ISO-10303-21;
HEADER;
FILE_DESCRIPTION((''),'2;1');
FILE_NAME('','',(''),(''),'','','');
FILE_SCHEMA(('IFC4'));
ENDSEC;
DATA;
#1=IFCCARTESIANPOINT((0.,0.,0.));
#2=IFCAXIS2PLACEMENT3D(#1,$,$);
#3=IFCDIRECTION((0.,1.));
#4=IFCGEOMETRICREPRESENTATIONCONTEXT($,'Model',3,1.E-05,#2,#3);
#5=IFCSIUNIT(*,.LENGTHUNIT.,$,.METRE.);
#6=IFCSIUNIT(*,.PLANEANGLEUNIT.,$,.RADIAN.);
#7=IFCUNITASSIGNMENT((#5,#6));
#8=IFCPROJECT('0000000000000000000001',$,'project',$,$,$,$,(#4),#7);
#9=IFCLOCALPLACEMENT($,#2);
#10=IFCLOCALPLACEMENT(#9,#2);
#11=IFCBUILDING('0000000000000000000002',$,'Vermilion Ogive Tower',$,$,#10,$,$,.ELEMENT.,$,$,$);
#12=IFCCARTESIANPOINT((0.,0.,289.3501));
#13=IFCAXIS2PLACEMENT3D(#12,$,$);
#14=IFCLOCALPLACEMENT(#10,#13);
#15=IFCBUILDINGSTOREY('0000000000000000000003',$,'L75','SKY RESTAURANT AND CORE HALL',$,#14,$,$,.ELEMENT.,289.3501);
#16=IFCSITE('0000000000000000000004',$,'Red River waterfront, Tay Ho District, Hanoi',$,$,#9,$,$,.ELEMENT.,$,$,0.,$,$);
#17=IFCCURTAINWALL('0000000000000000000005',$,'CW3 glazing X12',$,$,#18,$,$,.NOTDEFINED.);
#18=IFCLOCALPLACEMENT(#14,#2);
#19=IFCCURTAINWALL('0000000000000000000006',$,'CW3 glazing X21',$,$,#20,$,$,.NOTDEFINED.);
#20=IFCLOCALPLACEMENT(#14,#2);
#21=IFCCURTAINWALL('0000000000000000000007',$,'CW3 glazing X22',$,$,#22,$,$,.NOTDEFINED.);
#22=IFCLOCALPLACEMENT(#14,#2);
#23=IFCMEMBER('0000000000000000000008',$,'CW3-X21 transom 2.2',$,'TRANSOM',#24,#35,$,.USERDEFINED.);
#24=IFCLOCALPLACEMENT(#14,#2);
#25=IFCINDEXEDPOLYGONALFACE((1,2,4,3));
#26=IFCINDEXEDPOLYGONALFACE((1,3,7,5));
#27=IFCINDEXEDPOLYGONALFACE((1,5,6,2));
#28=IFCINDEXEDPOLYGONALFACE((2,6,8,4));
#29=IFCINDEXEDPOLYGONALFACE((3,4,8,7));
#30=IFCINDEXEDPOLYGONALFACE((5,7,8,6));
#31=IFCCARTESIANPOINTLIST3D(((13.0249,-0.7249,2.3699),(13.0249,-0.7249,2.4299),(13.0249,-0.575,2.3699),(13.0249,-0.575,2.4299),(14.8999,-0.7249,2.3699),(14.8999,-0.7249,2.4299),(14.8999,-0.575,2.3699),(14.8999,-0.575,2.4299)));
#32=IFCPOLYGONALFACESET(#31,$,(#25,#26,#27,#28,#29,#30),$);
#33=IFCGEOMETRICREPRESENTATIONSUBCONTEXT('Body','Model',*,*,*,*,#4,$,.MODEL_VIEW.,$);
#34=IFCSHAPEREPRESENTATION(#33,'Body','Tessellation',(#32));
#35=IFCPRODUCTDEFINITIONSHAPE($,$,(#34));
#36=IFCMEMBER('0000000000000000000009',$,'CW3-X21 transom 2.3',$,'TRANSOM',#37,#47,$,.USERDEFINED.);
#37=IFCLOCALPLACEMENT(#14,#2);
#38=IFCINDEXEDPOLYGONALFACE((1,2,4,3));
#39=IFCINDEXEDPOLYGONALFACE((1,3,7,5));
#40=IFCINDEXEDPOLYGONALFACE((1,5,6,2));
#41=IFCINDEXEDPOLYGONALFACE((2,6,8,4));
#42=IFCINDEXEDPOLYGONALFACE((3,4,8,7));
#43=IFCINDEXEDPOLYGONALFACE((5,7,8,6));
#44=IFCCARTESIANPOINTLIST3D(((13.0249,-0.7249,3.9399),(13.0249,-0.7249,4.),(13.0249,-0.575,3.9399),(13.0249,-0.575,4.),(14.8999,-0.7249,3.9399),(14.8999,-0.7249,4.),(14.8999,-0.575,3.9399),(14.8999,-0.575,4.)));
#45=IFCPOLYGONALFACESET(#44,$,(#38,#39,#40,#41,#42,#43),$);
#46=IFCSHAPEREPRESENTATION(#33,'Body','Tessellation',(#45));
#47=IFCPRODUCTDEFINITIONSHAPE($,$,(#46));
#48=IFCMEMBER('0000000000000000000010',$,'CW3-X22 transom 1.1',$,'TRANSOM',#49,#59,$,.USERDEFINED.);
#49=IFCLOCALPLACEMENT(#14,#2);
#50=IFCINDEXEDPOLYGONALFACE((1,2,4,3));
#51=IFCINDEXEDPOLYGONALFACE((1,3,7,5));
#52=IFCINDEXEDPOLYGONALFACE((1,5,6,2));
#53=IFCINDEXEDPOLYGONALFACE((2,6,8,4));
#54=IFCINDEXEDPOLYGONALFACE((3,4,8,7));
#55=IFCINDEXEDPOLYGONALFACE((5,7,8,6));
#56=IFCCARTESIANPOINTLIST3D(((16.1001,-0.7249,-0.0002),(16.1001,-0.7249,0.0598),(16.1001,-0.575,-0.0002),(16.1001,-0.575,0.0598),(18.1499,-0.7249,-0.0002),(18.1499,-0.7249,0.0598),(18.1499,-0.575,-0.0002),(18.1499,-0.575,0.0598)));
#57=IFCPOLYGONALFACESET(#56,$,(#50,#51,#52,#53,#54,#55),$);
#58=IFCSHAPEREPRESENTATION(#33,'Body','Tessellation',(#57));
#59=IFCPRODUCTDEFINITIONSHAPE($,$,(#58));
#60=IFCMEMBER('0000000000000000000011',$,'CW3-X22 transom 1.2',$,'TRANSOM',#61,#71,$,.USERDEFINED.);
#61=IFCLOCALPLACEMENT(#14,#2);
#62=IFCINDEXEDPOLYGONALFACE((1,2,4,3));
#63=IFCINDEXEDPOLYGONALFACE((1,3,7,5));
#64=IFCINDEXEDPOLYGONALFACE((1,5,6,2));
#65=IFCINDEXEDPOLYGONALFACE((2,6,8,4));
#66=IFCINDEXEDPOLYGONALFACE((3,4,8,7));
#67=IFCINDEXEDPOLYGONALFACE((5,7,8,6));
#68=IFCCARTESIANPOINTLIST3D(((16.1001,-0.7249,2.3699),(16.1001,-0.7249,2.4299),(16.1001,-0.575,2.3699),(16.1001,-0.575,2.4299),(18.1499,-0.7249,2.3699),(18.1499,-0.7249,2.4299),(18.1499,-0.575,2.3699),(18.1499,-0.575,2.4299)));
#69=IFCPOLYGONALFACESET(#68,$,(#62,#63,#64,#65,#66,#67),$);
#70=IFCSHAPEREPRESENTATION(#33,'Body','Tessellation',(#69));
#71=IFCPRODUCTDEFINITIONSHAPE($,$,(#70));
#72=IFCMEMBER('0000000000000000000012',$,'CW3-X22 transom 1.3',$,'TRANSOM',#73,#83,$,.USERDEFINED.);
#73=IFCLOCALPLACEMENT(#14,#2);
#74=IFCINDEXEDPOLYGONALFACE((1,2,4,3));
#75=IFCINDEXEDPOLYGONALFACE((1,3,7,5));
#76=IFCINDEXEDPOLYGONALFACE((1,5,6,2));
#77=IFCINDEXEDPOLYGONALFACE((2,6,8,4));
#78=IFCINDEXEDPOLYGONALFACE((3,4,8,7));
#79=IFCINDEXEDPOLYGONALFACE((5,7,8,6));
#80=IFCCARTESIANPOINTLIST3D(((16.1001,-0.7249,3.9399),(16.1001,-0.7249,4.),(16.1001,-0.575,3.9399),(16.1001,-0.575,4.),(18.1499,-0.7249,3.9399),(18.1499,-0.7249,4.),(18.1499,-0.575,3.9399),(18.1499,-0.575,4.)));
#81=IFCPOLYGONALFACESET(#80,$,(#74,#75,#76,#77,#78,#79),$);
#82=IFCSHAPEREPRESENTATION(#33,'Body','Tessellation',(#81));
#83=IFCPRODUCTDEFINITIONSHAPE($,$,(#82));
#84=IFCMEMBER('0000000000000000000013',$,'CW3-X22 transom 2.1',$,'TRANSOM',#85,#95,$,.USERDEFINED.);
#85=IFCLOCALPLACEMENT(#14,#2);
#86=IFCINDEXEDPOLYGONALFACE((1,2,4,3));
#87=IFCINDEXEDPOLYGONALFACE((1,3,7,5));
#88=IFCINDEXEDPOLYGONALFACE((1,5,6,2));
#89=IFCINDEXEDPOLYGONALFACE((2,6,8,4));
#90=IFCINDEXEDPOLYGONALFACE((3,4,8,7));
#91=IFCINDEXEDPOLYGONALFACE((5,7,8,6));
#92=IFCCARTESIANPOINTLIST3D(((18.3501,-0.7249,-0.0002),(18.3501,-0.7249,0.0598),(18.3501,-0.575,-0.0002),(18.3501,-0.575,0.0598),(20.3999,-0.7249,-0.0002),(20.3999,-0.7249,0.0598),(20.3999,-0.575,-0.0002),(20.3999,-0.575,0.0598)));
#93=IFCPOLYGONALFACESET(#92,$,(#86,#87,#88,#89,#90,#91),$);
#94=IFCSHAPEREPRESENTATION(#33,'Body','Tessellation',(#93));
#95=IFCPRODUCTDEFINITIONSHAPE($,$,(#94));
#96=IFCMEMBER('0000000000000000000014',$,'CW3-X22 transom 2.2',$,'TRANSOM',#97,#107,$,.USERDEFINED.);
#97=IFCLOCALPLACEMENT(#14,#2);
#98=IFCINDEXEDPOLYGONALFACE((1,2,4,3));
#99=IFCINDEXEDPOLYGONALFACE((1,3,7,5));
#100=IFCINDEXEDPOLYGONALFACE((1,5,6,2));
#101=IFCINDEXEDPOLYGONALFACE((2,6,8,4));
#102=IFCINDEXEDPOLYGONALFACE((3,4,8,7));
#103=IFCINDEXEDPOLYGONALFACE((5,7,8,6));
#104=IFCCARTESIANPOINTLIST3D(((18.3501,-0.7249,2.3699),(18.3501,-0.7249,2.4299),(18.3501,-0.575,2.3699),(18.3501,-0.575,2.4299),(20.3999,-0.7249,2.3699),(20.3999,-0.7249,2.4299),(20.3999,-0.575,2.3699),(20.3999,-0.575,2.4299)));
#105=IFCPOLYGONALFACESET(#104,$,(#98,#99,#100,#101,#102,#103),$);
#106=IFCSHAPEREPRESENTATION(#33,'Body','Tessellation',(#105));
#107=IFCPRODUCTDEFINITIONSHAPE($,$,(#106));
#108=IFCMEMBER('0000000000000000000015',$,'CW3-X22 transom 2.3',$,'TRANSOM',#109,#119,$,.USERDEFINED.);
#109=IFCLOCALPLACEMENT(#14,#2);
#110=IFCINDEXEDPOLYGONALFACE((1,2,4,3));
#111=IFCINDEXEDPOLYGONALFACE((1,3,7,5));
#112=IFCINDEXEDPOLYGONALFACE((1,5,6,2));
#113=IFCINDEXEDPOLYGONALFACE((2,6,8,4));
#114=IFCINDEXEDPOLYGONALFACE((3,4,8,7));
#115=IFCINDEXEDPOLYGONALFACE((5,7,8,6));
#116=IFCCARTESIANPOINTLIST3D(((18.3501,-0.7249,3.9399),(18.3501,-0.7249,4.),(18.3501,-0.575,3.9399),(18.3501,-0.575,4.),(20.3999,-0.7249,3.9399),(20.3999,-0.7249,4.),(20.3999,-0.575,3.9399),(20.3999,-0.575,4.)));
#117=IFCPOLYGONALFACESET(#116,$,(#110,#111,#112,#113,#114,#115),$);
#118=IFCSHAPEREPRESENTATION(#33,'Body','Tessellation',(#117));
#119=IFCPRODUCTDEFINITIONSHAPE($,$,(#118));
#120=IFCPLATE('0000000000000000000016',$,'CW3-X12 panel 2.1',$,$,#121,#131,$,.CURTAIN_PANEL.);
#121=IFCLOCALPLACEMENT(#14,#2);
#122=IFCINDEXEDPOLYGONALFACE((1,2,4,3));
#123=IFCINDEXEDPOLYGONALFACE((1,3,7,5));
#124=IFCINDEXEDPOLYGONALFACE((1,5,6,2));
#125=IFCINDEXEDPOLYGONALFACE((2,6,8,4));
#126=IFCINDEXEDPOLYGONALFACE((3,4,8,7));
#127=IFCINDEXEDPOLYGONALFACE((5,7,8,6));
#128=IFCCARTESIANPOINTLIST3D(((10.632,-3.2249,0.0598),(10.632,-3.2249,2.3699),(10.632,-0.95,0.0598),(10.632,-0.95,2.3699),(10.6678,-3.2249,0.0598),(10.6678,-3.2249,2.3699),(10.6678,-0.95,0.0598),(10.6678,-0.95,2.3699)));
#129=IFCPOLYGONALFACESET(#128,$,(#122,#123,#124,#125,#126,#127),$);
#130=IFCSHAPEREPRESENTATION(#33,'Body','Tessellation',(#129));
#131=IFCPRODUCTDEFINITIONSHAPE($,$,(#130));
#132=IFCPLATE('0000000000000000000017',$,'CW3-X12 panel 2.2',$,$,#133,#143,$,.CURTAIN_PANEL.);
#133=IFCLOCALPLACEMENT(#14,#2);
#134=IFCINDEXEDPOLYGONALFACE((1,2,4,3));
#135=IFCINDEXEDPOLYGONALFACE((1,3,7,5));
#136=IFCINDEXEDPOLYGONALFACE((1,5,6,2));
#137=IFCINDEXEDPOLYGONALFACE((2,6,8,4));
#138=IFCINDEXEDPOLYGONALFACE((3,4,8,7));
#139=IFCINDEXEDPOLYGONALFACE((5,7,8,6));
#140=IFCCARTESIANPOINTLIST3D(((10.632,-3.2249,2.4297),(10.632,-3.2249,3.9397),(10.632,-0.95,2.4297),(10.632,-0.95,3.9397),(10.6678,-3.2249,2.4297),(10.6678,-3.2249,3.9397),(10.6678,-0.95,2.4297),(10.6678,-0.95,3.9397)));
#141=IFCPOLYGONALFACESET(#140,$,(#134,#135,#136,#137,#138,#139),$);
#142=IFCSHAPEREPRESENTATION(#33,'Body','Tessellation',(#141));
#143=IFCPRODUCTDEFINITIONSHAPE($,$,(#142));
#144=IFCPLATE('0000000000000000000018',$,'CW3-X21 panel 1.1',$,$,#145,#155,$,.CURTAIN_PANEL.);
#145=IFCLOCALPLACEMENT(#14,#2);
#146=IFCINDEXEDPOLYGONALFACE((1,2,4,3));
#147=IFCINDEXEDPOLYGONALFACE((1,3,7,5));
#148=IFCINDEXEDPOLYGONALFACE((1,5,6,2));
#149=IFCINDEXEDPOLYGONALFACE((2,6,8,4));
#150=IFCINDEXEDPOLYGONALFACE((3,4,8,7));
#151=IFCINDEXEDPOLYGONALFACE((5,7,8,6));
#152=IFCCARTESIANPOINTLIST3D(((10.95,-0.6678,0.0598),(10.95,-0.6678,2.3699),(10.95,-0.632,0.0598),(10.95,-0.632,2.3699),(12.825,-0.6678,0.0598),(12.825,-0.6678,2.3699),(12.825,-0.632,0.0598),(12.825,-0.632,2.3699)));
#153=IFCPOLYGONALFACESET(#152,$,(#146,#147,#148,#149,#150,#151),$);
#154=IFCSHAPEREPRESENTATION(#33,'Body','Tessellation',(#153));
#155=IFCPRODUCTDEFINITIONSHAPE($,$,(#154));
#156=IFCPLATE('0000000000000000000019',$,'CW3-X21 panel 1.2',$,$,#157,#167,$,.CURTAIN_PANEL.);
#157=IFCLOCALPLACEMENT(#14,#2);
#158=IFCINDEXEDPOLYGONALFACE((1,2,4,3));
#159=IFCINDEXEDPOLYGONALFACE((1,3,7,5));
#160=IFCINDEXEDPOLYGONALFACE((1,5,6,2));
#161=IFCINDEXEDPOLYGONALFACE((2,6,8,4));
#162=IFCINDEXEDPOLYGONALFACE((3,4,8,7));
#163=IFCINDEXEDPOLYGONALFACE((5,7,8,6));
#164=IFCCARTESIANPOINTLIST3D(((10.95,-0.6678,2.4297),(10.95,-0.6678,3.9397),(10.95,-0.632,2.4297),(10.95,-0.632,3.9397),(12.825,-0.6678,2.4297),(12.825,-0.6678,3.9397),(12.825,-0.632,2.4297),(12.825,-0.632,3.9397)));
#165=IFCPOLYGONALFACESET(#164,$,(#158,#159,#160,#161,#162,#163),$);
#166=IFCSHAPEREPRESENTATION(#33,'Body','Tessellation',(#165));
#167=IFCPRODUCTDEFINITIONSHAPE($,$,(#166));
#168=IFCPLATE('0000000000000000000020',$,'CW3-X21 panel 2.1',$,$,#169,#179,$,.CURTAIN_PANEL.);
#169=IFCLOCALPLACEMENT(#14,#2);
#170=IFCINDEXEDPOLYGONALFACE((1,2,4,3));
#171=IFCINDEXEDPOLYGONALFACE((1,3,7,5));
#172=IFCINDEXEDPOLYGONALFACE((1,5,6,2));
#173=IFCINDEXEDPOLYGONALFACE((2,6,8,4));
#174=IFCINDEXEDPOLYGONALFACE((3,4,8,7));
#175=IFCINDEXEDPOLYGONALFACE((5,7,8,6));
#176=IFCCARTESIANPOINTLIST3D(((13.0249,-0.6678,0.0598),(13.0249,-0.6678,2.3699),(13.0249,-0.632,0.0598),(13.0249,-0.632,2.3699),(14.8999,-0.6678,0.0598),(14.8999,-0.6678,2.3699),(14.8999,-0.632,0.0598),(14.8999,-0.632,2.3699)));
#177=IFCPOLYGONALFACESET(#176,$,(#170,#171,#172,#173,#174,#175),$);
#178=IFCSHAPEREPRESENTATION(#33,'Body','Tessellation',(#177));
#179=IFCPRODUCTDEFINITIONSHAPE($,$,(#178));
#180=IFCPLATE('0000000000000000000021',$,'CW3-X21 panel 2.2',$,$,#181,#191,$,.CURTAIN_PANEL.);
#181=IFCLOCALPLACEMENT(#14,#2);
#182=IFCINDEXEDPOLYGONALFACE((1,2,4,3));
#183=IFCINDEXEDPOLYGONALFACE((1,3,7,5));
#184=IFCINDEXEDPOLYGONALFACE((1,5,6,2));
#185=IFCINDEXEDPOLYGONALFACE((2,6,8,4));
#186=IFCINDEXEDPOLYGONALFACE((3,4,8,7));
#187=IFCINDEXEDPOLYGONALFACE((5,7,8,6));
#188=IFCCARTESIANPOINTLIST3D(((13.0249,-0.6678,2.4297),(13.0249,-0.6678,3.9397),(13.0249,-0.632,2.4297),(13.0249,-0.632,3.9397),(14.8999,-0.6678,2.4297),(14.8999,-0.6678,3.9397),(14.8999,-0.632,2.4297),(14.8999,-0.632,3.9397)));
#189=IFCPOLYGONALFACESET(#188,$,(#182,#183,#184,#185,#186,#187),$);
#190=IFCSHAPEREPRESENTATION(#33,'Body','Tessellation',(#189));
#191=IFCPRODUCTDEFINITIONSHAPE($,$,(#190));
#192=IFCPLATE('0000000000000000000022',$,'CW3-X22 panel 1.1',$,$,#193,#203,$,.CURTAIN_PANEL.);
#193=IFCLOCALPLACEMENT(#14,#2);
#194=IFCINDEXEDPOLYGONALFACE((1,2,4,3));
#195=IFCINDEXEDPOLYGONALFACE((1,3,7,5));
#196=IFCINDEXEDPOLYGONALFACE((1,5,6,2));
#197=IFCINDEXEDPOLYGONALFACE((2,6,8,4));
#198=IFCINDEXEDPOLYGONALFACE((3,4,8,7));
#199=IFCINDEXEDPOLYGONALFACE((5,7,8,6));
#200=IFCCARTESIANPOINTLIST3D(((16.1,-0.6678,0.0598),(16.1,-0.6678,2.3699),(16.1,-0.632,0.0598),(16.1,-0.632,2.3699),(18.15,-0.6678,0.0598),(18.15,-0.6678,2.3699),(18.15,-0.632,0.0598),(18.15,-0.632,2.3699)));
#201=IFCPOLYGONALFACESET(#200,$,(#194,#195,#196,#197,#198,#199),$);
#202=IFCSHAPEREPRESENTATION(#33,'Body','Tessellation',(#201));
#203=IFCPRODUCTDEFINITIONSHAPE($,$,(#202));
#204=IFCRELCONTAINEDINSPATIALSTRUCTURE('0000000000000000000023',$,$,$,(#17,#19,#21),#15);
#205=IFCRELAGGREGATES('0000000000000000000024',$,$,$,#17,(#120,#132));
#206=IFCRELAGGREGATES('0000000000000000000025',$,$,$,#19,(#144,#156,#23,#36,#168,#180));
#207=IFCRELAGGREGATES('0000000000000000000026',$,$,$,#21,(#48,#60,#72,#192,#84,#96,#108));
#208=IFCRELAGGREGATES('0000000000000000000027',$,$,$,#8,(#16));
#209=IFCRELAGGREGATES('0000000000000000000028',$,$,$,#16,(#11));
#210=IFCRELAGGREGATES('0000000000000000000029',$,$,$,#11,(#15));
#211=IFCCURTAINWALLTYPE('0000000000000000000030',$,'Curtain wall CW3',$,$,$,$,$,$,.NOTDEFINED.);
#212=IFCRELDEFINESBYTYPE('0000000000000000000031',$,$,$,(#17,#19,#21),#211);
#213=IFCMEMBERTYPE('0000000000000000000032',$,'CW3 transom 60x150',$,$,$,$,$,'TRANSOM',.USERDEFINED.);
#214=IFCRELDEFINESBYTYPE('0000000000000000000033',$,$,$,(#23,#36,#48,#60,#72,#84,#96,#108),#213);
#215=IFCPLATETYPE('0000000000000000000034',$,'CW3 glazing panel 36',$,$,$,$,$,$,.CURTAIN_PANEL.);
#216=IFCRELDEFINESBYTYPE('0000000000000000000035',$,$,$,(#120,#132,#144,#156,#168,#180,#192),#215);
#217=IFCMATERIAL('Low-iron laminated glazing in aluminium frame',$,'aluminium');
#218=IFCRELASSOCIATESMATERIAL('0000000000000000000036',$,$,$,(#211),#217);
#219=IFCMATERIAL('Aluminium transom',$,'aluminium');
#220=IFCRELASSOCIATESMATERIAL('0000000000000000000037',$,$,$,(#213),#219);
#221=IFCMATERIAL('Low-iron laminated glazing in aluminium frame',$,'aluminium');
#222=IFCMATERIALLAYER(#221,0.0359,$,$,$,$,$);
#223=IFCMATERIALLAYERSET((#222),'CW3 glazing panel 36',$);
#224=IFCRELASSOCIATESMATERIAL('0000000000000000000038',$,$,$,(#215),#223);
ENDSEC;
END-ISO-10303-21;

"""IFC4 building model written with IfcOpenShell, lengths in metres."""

from ifc_helpers import new_model, si_unit, direction, frame, origin, origin_2d, place, context, subcontext, project, spatial, rectangle, extrude, material, layer, layer_set, material_profile, profile_set, type_object, element, aggregate, save


model = new_model("IFC4")

# Units and contexts
model_context = context("Model", 3, precision=1e-05, world=origin(), true_north=direction((0.0, 1.0)))
body_context = subcontext(model_context, "Body", "Model", "MODEL_VIEW")
ifc_project = project(units=[si_unit("LENGTHUNIT", "METRE"), si_unit("PLANEANGLEUNIT", "RADIAN")], contexts=[model_context])

# Site, building, storey
site_placement = place(None, origin())
site = spatial("IfcSite", under=ifc_project, at=site_placement, Name="Red River waterfront, Tay Ho District, Hanoi", CompositionType="ELEMENT", RefElevation=0.0)
building_placement = place(site_placement, origin())
building = spatial("IfcBuilding", under=site, at=building_placement, Name="Vermilion Ogive Tower", CompositionType="ELEMENT")
storey_placement = place(building_placement, frame((0.0, 0.0, 289.3501)))
storey = spatial("IfcBuildingStorey", under=building, at=storey_placement, Name="L75", Description="SKY RESTAURANT AND CORE HALL", CompositionType="ELEMENT", Elevation=289.3501)

# Curtain walls
ifc_material_1 = material(Name="Low-iron laminated glazing in aluminium frame", Category="aluminium")
curtain_wall_type = type_object("IfcCurtainWallType", Name="Curtain wall CW3", PredefinedType="NOTDEFINED", material=ifc_material_1)
curtain_wall_1_placement = place(storey_placement, origin())
curtain_wall_1 = element("IfcCurtainWall", 1, at=curtain_wall_1_placement, inside=storey, type_object=curtain_wall_type, Name="CW3 glazing X12", PredefinedType="NOTDEFINED")
curtain_wall_2_placement = place(storey_placement, origin())
curtain_wall_2 = element("IfcCurtainWall", 2, at=curtain_wall_2_placement, inside=storey, type_object=curtain_wall_type, Name="CW3 glazing X21", PredefinedType="NOTDEFINED")
curtain_wall_3_placement = place(storey_placement, origin())
curtain_wall_3 = element("IfcCurtainWall", 3, at=curtain_wall_3_placement, inside=storey, type_object=curtain_wall_type, Name="CW3 glazing X22", PredefinedType="NOTDEFINED")

# Members
ifc_material_2 = material(Name="Aluminium transom", Category="aluminium")
ifc_material_profile_1 = material_profile(ifc_material_2, rectangle(XDim=0.1499, YDim=0.0601, at=origin_2d()), Name="AL 60x150")
ifc_profile_set_1 = profile_set([ifc_material_profile_1], Name="Aluminium transom")
member_type_1 = type_object("IfcMemberType", Name="CW3 transom 60x150", ElementType="TRANSOM", PredefinedType="USERDEFINED", material=ifc_profile_set_1)
member_1_placement = place(storey_placement, frame((13.0249, -0.6499, 2.3999), z_axis=(1.0, 0.0, 0.0), x_axis=(0.0, 1.0, 0.0)))
member_1 = element("IfcMember", 4, at=member_1_placement, type_object=member_type_1, Name="CW3-X21 transom 2.2", ObjectType="TRANSOM", PredefinedType="USERDEFINED", context=body_context, shape_type="SweptSolid", body=[
    extrude(rectangle(XDim=0.1499, YDim=0.0601, at=origin_2d()), origin(), (0.0, 0.0, 1.0), 1.875),
])
member_2_placement = place(storey_placement, frame((13.0249, -0.6499, 3.97), z_axis=(1.0, 0.0, 0.0), x_axis=(0.0, 1.0, 0.0)))
member_2 = element("IfcMember", 5, at=member_2_placement, type_object=member_type_1, Name="CW3-X21 transom 2.3", ObjectType="TRANSOM", PredefinedType="USERDEFINED", context=body_context, shape_type="SweptSolid", body=[
    extrude(rectangle(XDim=0.1499, YDim=0.0601, at=origin_2d()), origin(), (0.0, 0.0, 1.0), 1.875),
])
member_3_placement = place(storey_placement, frame((16.1001, -0.6499, 0.0298), z_axis=(1.0, 0.0, 0.0), x_axis=(0.0, 1.0, 0.0)))
member_3 = element("IfcMember", 6, at=member_3_placement, type_object=member_type_1, Name="CW3-X22 transom 1.1", ObjectType="TRANSOM", PredefinedType="USERDEFINED", context=body_context, shape_type="SweptSolid", body=[
    extrude(rectangle(XDim=0.1499, YDim=0.0601, at=origin_2d()), origin(), (0.0, 0.0, 1.0), 2.0498),
])
member_4_placement = place(storey_placement, frame((16.1001, -0.6499, 2.3999), z_axis=(1.0, 0.0, 0.0), x_axis=(0.0, 1.0, 0.0)))
member_4 = element("IfcMember", 7, at=member_4_placement, type_object=member_type_1, Name="CW3-X22 transom 1.2", ObjectType="TRANSOM", PredefinedType="USERDEFINED", context=body_context, shape_type="SweptSolid", body=[
    extrude(rectangle(XDim=0.1499, YDim=0.0601, at=origin_2d()), origin(), (0.0, 0.0, 1.0), 2.0498),
])
member_5_placement = place(storey_placement, frame((16.1001, -0.6499, 3.97), z_axis=(1.0, 0.0, 0.0), x_axis=(0.0, 1.0, 0.0)))
member_5 = element("IfcMember", 8, at=member_5_placement, type_object=member_type_1, Name="CW3-X22 transom 1.3", ObjectType="TRANSOM", PredefinedType="USERDEFINED", context=body_context, shape_type="SweptSolid", body=[
    extrude(rectangle(XDim=0.1499, YDim=0.0601, at=origin_2d()), origin(), (0.0, 0.0, 1.0), 2.0498),
])
member_6_placement = place(storey_placement, frame((18.3501, -0.6499, 0.0298), z_axis=(1.0, 0.0, 0.0), x_axis=(0.0, 1.0, 0.0)))
member_6 = element("IfcMember", 9, at=member_6_placement, type_object=member_type_1, Name="CW3-X22 transom 2.1", ObjectType="TRANSOM", PredefinedType="USERDEFINED", context=body_context, shape_type="SweptSolid", body=[
    extrude(rectangle(XDim=0.1499, YDim=0.0601, at=origin_2d()), origin(), (0.0, 0.0, 1.0), 2.0498),
])
member_7_placement = place(storey_placement, frame((18.3501, -0.6499, 2.3999), z_axis=(1.0, 0.0, 0.0), x_axis=(0.0, 1.0, 0.0)))
member_7 = element("IfcMember", 10, at=member_7_placement, type_object=member_type_1, Name="CW3-X22 transom 2.2", ObjectType="TRANSOM", PredefinedType="USERDEFINED", context=body_context, shape_type="SweptSolid", body=[
    extrude(rectangle(XDim=0.1499, YDim=0.0601, at=origin_2d()), origin(), (0.0, 0.0, 1.0), 2.0498),
])
member_8_placement = place(storey_placement, frame((18.3501, -0.6499, 3.97), z_axis=(1.0, 0.0, 0.0), x_axis=(0.0, 1.0, 0.0)))
member_8 = element("IfcMember", 11, at=member_8_placement, type_object=member_type_1, Name="CW3-X22 transom 2.3", ObjectType="TRANSOM", PredefinedType="USERDEFINED", context=body_context, shape_type="SweptSolid", body=[
    extrude(rectangle(XDim=0.1499, YDim=0.0601, at=origin_2d()), origin(), (0.0, 0.0, 1.0), 2.0498),
])

# Plates
ifc_material_3 = material(Name="Low-iron laminated glazing in aluminium frame", Category="aluminium")
ifc_layer_1 = layer(ifc_material_3, 0.0359)
ifc_layer_set_1 = layer_set([ifc_layer_1], Name="CW3 glazing panel 36")
plate_type = type_object("IfcPlateType", Name="CW3 glazing panel 36", PredefinedType="CURTAIN_PANEL", material=ifc_layer_set_1)
plate_1_placement = place(storey_placement, frame((10.6499, -2.0874, 0.0598), z_axis=(0.0, 0.0, 1.0), x_axis=(0.0, 1.0, 0.0)))
plate_1 = element("IfcPlate", 12, at=plate_1_placement, type_object=plate_type, Name="CW3-X12 panel 2.1", PredefinedType="CURTAIN_PANEL", context=body_context, shape_type="SweptSolid", body=[
    extrude(rectangle(XDim=2.2749, YDim=0.0359, at=origin_2d()), origin(), (0.0, 0.0, 1.0), 2.3101),
])
plate_2_placement = place(storey_placement, frame((10.6499, -2.0874, 2.4297), z_axis=(0.0, 0.0, 1.0), x_axis=(0.0, 1.0, 0.0)))
plate_2 = element("IfcPlate", 13, at=plate_2_placement, type_object=plate_type, Name="CW3-X12 panel 2.2", PredefinedType="CURTAIN_PANEL", context=body_context, shape_type="SweptSolid", body=[
    extrude(rectangle(XDim=2.2749, YDim=0.0359, at=origin_2d()), origin(), (0.0, 0.0, 1.0), 1.51),
])
aggregate(curtain_wall_1, [plate_1, plate_2])
plate_3_placement = place(storey_placement, frame((11.8875, -0.6499, 0.0598), z_axis=(0.0, 0.0, 1.0), x_axis=(1.0, 0.0, 0.0)))
plate_3 = element("IfcPlate", 14, at=plate_3_placement, type_object=plate_type, Name="CW3-X21 panel 1.1", PredefinedType="CURTAIN_PANEL", context=body_context, shape_type="SweptSolid", body=[
    extrude(rectangle(XDim=1.875, YDim=0.0359, at=origin_2d()), origin(), (0.0, 0.0, 1.0), 2.3101),
])
plate_4_placement = place(storey_placement, frame((11.8875, -0.6499, 2.4297), z_axis=(0.0, 0.0, 1.0), x_axis=(1.0, 0.0, 0.0)))
plate_4 = element("IfcPlate", 15, at=plate_4_placement, type_object=plate_type, Name="CW3-X21 panel 1.2", PredefinedType="CURTAIN_PANEL", context=body_context, shape_type="SweptSolid", body=[
    extrude(rectangle(XDim=1.875, YDim=0.0359, at=origin_2d()), origin(), (0.0, 0.0, 1.0), 1.51),
])
plate_5_placement = place(storey_placement, frame((13.9624, -0.6499, 0.0598), z_axis=(0.0, 0.0, 1.0), x_axis=(1.0, 0.0, 0.0)))
plate_5 = element("IfcPlate", 16, at=plate_5_placement, type_object=plate_type, Name="CW3-X21 panel 2.1", PredefinedType="CURTAIN_PANEL", context=body_context, shape_type="SweptSolid", body=[
    extrude(rectangle(XDim=1.875, YDim=0.0359, at=origin_2d()), origin(), (0.0, 0.0, 1.0), 2.3101),
])
plate_6_placement = place(storey_placement, frame((13.9624, -0.6499, 2.4297), z_axis=(0.0, 0.0, 1.0), x_axis=(1.0, 0.0, 0.0)))
plate_6 = element("IfcPlate", 17, at=plate_6_placement, type_object=plate_type, Name="CW3-X21 panel 2.2", PredefinedType="CURTAIN_PANEL", context=body_context, shape_type="SweptSolid", body=[
    extrude(rectangle(XDim=1.875, YDim=0.0359, at=origin_2d()), origin(), (0.0, 0.0, 1.0), 1.51),
])
aggregate(curtain_wall_2, [plate_3, plate_4, member_1, member_2, plate_5, plate_6])
plate_7_placement = place(storey_placement, frame((17.125, -0.6499, 0.0598), z_axis=(0.0, 0.0, 1.0), x_axis=(1.0, 0.0, 0.0)))
plate_7 = element("IfcPlate", 18, at=plate_7_placement, type_object=plate_type, Name="CW3-X22 panel 1.1", PredefinedType="CURTAIN_PANEL", context=body_context, shape_type="SweptSolid", body=[
    extrude(rectangle(XDim=2.05, YDim=0.0359, at=origin_2d()), origin(), (0.0, 0.0, 1.0), 2.3101),
])
aggregate(curtain_wall_3, [member_3, member_4, member_5, plate_7, member_6, member_7, member_8])

save(model, "model.ifc")
